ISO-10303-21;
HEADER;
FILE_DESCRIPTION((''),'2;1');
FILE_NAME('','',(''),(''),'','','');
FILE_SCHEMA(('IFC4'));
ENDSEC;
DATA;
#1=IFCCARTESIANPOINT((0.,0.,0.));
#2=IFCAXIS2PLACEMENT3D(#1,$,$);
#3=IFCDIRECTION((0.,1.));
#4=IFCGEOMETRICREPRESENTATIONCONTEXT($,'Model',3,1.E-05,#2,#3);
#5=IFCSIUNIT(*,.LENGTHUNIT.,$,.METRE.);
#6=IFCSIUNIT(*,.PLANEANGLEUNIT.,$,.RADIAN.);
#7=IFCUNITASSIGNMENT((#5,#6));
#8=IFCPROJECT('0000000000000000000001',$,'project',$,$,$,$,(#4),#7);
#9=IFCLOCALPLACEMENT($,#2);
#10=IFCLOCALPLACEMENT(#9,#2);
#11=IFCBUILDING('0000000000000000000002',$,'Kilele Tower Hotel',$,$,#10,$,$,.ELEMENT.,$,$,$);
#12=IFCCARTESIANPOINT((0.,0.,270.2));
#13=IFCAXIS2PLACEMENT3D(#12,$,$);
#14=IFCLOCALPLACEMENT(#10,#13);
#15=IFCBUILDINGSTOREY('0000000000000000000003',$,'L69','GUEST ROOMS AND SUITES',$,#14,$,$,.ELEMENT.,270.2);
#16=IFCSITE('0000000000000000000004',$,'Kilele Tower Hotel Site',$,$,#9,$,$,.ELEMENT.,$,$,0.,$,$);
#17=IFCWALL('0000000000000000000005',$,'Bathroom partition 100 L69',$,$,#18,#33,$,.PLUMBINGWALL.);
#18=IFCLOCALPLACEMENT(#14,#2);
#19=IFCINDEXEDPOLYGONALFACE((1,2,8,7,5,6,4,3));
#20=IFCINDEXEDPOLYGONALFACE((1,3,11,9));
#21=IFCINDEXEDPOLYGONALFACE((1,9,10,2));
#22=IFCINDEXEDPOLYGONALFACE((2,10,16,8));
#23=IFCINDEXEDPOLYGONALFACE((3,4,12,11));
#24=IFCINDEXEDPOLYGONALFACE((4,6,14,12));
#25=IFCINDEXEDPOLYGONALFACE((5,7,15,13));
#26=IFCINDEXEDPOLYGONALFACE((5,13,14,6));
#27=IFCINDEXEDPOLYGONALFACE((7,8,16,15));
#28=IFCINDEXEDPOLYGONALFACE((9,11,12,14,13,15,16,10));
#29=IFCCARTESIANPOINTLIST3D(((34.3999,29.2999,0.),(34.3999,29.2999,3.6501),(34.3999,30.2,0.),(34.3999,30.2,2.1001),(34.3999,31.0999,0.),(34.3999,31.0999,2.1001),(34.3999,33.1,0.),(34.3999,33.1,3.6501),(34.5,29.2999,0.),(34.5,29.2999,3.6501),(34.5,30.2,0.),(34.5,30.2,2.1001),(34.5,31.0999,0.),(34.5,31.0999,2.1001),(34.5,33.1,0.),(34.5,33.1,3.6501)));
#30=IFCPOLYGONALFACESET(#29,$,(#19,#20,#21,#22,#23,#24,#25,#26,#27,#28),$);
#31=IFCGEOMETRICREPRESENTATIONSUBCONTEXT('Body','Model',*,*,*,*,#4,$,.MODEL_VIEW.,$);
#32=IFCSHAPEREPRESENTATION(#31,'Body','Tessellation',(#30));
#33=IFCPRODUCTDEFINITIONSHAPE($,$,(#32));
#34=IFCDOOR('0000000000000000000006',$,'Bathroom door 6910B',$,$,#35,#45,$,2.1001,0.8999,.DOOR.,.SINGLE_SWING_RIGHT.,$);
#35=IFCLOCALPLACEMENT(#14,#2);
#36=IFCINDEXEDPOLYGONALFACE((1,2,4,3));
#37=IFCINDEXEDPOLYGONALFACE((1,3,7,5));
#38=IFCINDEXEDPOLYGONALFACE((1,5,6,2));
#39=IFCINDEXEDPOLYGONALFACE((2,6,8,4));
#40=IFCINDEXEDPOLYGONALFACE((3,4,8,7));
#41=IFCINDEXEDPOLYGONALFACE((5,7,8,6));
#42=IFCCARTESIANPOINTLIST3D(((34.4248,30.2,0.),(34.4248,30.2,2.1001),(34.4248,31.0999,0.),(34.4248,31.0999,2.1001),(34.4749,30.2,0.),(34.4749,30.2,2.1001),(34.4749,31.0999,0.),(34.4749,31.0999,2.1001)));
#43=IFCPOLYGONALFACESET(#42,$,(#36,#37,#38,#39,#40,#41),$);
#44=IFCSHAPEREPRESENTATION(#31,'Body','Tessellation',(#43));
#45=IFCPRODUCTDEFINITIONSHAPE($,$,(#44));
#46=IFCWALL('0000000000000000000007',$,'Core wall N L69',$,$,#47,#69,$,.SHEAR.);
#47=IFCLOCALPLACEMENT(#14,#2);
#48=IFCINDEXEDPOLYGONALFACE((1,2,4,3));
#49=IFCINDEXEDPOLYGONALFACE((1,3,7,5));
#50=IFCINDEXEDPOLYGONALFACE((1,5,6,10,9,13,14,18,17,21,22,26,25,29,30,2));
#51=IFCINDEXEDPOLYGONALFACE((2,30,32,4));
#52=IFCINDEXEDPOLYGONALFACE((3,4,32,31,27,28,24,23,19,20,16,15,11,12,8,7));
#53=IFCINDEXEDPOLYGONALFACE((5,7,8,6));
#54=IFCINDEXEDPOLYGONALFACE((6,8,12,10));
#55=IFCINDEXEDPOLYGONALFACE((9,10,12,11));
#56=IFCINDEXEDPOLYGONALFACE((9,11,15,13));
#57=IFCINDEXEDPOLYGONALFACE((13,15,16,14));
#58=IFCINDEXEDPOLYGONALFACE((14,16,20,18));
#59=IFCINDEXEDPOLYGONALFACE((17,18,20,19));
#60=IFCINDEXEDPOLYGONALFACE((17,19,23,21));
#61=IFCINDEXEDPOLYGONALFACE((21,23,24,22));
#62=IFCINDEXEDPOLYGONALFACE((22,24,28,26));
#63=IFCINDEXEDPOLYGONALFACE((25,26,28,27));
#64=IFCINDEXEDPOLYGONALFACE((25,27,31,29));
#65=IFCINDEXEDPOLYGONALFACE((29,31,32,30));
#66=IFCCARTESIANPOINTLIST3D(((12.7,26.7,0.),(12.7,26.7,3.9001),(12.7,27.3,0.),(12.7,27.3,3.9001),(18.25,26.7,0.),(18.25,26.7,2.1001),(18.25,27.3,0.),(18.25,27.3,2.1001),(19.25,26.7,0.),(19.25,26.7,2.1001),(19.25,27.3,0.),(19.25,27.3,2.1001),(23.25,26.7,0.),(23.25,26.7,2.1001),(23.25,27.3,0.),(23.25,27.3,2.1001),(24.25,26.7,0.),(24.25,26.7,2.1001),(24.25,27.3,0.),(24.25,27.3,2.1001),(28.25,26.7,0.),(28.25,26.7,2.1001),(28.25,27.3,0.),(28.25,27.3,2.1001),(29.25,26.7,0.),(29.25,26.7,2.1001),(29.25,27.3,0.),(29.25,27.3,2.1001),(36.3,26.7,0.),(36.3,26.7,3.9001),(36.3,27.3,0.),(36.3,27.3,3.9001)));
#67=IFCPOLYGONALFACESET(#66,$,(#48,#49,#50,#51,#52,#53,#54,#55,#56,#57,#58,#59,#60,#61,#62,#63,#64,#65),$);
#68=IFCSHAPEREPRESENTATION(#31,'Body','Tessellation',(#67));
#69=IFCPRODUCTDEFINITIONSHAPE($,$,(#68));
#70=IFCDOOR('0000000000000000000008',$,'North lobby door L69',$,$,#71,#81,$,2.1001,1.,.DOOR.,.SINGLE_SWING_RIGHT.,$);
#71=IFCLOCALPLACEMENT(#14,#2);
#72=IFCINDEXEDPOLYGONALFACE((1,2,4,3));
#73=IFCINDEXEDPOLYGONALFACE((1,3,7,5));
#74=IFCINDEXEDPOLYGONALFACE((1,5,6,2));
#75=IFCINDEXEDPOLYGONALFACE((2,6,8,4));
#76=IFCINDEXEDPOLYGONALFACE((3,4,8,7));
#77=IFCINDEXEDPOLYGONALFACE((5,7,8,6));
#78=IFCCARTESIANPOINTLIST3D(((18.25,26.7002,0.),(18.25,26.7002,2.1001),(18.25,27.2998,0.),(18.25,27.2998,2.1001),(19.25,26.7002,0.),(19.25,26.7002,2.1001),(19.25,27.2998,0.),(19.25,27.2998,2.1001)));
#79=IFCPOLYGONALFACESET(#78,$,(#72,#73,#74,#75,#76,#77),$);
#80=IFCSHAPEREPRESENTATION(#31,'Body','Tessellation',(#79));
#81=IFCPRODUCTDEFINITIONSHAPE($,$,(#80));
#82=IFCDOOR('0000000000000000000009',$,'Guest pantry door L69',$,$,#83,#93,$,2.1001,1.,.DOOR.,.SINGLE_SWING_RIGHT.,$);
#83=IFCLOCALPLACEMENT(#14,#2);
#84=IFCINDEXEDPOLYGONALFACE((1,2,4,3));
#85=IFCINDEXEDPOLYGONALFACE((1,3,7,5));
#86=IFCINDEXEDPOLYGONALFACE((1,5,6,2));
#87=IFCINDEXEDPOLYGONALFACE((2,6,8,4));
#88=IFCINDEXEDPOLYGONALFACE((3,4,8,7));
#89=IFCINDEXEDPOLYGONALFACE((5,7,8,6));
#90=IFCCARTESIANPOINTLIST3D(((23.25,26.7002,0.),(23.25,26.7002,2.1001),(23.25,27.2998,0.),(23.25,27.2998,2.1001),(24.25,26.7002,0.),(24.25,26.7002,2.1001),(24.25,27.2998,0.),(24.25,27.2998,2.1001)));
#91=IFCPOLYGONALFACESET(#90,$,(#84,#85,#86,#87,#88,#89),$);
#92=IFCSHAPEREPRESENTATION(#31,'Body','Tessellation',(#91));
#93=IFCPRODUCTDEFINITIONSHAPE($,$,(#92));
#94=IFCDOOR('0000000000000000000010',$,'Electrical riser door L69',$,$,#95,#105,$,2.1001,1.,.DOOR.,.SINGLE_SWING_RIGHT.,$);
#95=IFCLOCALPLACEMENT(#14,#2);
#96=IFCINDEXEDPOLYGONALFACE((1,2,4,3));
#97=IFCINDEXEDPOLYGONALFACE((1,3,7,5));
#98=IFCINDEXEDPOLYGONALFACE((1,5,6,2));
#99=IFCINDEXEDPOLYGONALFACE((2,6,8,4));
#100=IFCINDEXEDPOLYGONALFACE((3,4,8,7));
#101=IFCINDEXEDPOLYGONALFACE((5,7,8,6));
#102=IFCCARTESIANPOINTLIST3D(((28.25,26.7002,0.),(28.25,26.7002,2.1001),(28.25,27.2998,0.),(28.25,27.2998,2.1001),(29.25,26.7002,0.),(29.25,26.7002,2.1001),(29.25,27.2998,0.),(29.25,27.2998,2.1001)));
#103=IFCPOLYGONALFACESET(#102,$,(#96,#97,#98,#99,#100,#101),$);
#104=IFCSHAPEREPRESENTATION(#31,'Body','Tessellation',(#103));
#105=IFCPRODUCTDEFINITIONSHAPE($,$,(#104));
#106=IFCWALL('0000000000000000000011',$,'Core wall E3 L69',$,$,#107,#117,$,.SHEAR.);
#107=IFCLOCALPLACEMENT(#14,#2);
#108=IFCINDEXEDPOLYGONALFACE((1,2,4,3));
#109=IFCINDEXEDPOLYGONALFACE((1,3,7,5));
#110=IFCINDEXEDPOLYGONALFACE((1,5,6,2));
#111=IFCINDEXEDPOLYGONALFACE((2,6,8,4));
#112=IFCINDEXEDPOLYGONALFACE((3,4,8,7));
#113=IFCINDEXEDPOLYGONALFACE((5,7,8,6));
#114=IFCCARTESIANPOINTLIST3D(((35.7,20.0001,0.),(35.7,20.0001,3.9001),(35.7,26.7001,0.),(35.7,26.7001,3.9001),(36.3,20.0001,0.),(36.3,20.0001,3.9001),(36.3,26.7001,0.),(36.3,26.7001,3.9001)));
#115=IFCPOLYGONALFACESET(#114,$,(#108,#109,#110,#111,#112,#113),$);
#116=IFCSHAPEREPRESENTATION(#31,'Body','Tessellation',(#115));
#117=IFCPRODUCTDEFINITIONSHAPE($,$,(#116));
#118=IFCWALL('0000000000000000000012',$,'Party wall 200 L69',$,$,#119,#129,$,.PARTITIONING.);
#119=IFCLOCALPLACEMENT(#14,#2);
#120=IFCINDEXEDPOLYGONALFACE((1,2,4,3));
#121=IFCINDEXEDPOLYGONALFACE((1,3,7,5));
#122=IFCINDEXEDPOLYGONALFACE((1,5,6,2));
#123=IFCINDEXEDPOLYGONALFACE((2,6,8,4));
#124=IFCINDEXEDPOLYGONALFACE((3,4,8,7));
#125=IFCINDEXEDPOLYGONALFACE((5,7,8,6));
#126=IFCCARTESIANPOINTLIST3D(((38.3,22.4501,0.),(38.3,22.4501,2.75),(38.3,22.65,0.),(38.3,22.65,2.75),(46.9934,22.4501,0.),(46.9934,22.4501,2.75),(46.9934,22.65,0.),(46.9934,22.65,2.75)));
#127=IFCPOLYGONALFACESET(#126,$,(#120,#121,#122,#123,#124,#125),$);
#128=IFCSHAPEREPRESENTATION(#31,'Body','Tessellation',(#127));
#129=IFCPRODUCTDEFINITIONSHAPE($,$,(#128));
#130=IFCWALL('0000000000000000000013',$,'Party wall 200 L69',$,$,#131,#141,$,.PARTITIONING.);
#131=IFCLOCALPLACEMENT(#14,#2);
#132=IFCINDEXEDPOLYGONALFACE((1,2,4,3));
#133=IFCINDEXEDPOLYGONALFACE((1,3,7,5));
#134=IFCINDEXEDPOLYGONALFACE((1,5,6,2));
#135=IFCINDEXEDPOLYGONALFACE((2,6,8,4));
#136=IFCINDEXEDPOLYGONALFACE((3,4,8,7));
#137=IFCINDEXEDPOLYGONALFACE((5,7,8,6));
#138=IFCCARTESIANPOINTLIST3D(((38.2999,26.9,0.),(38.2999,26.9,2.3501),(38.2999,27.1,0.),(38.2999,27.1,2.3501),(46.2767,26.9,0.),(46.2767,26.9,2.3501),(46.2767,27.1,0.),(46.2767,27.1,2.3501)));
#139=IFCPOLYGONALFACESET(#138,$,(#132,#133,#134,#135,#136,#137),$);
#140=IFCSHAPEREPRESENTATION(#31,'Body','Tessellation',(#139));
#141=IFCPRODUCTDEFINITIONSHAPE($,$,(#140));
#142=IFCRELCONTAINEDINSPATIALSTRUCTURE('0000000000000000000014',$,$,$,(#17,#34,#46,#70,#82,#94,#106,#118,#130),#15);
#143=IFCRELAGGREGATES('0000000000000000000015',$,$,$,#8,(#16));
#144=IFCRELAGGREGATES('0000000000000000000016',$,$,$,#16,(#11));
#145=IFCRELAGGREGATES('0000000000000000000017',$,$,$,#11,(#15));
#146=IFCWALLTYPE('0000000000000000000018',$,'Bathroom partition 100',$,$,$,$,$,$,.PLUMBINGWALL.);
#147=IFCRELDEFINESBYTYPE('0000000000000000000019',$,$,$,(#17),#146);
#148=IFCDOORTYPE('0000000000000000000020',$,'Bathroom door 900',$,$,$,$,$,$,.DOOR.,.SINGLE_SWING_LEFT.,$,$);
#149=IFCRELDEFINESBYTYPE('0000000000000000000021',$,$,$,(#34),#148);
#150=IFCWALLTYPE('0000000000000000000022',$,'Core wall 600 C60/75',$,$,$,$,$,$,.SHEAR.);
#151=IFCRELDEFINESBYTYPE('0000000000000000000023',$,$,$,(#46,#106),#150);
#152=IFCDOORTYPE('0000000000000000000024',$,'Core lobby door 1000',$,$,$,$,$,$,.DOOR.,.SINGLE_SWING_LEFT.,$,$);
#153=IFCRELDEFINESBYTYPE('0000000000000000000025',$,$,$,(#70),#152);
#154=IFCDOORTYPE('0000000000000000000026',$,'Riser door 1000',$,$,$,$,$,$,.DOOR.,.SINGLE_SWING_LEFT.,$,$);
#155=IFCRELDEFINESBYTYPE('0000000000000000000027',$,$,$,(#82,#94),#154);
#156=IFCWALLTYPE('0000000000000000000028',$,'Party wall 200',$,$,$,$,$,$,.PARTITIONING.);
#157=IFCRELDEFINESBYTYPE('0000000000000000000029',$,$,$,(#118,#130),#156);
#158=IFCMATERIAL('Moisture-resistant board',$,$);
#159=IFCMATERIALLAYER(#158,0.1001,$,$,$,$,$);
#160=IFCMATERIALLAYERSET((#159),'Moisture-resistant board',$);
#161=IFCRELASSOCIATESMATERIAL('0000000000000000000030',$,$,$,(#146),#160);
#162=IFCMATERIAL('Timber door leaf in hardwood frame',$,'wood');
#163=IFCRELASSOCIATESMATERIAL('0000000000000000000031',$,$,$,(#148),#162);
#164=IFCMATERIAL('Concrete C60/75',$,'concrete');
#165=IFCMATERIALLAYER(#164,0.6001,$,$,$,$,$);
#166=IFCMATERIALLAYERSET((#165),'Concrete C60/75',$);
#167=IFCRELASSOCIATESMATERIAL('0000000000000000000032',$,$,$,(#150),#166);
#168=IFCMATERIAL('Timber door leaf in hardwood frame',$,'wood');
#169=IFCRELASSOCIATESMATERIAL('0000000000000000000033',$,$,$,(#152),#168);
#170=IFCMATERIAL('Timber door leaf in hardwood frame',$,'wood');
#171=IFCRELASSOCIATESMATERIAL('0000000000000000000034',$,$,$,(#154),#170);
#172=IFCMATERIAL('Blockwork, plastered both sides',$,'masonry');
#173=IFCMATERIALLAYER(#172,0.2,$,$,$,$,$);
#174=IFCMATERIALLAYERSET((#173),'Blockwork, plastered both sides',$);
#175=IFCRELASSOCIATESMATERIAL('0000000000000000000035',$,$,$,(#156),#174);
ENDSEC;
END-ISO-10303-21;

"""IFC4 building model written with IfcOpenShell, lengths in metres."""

from ifc_helpers import new_model, si_unit, direction, frame, frame_2d, origin, place, context, subcontext, project, spatial, rectangle, extrude, material, layer, layer_set, type_object, element, fill, save


model = new_model("IFC4")

# Units and contexts
model_context = context("Model", 3, precision=1e-05, world=origin(), true_north=direction((0.0, 1.0)))
body_context = subcontext(model_context, "Body", "Model", "MODEL_VIEW")
ifc_project = project(units=[si_unit("LENGTHUNIT", "METRE"), si_unit("PLANEANGLEUNIT", "RADIAN")], contexts=[model_context])

# Site, building, storey
site_placement = place(None, origin())
site = spatial("IfcSite", under=ifc_project, at=site_placement, Name="Kilele Tower Hotel Site", CompositionType="ELEMENT", RefElevation=0.0)
building_placement = place(site_placement, origin())
building = spatial("IfcBuilding", under=site, at=building_placement, Name="Kilele Tower Hotel", CompositionType="ELEMENT")
storey_placement = place(building_placement, frame((0.0, 0.0, 270.2)))
storey = spatial("IfcBuildingStorey", under=building, at=storey_placement, Name="L69", Description="GUEST ROOMS AND SUITES", CompositionType="ELEMENT", Elevation=270.2)

# Shared definitions
ifc_material_1 = material(Name="Moisture-resistant board")
ifc_layer_1 = layer(ifc_material_1, 0.1001)
ifc_layer_set_1 = layer_set([ifc_layer_1], Name="Moisture-resistant board")
wall_type_1 = type_object("IfcWallType", Name="Bathroom partition 100", PredefinedType="PLUMBINGWALL", material=ifc_layer_set_1)

# Shared definitions
ifc_material_2 = material(Name="Timber door leaf in hardwood frame", Category="wood")
door_type_1 = type_object("IfcDoorType", Name="Bathroom door 900", OperationType="SINGLE_SWING_LEFT", PredefinedType="DOOR", material=ifc_material_2)

# Wall, opening, door
wall_1_placement = place(storey_placement, frame((34.45, 29.3, 0.0), z_axis=(0.0, 0.0, 1.0), x_axis=(0.0, 1.0, 0.0)))
wall_1 = element("IfcWall", 1, at=wall_1_placement, inside=storey, type_object=wall_type_1, Name="Bathroom partition 100 L69", PredefinedType="PLUMBINGWALL", context=body_context, shape_type="SweptSolid", body=[
    extrude(rectangle(XDim=3.8, YDim=0.1001, at=frame_2d((1.8999, 0.0))), origin(), (0.0, 0.0, 1.0), 3.6501),
])
opening_1_placement = place(wall_1_placement, frame((1.7998, 0.0, 0.0), z_axis=(0.0, 0.0, 1.0), x_axis=(-1.0, 0.0, 0.0)))
opening_1 = element("IfcOpeningElement", 2, at=opening_1_placement, cuts=wall_1, PredefinedType="OPENING", context=body_context, shape_type="SweptSolid", body=[
    extrude(rectangle(XDim=0.8999, YDim=2.1001, at=frame_2d((0.45, 1.05))), frame((0.0, 0.0601, 0.0), z_axis=(0.0, -1.0, 0.0), x_axis=(1.0, 0.0, 0.0)), (0.0, 0.0, 1.0), 0.1201),
])
door_1_placement = place(opening_1_placement, origin())
door_1 = element("IfcDoor", 3, at=door_1_placement, inside=storey, type_object=door_type_1, Name="Bathroom door 6910B", OperationType="SINGLE_SWING_RIGHT", OverallHeight=2.1001, OverallWidth=0.8999, PredefinedType="DOOR", context=body_context, shape_type="SweptSolid", body=[
    extrude(rectangle(XDim=0.8999, YDim=2.1001, at=frame_2d((0.45, 1.05))), frame((0.0, 0.0249, 0.0), z_axis=(0.0, -1.0, 0.0), x_axis=(1.0, 0.0, 0.0)), (0.0, 0.0, 1.0), 0.05),
])
fill(opening_1, door_1)

# Wall, openings, doors
ifc_material_3 = material(Name="Concrete C60/75", Category="concrete")
ifc_layer_2 = layer(ifc_material_3, 0.6001)
ifc_layer_set_2 = layer_set([ifc_layer_2], Name="Concrete C60/75")
wall_type_2 = type_object("IfcWallType", Name="Core wall 600 C60/75", PredefinedType="SHEAR", material=ifc_layer_set_2)
wall_2_placement = place(storey_placement, frame((36.3, 27.0, 0.0), z_axis=(0.0, 0.0, 1.0), x_axis=(-1.0, 0.0, 0.0)))
wall_2 = element("IfcWall", 4, at=wall_2_placement, inside=storey, type_object=wall_type_2, Name="Core wall N L69", PredefinedType="SHEAR", context=body_context, shape_type="SweptSolid", body=[
    extrude(rectangle(XDim=23.6001, YDim=0.6001, at=frame_2d((11.8, 0.0))), origin(), (0.0, 0.0, 1.0), 3.9001),
])
opening_2_placement = place(wall_2_placement, frame((17.05, 0.0, 0.0)))
opening_2 = element("IfcOpeningElement", 5, at=opening_2_placement, cuts=wall_2, PredefinedType="OPENING", context=body_context, shape_type="SweptSolid", body=[
    extrude(rectangle(XDim=1.0, YDim=2.1001, at=frame_2d((0.5, 1.05))), frame((0.0, 0.3101, 0.0), z_axis=(0.0, -1.0, 0.0), x_axis=(1.0, 0.0, 0.0)), (0.0, 0.0, 1.0), 0.6201),
])
opening_3_placement = place(wall_2_placement, frame((12.05, 0.0, 0.0)))
opening_3 = element("IfcOpeningElement", 6, at=opening_3_placement, cuts=wall_2, PredefinedType="OPENING", context=body_context, shape_type="SweptSolid", body=[
    extrude(rectangle(XDim=1.0, YDim=2.1001, at=frame_2d((0.5, 1.05))), frame((0.0, 0.3101, 0.0), z_axis=(0.0, -1.0, 0.0), x_axis=(1.0, 0.0, 0.0)), (0.0, 0.0, 1.0), 0.6201),
])
opening_4_placement = place(wall_2_placement, frame((7.05, 0.0, 0.0)))
opening_4 = element("IfcOpeningElement", 7, at=opening_4_placement, cuts=wall_2, PredefinedType="OPENING", context=body_context, shape_type="SweptSolid", body=[
    extrude(rectangle(XDim=1.0, YDim=2.1001, at=frame_2d((0.5, 1.05))), frame((0.0, 0.3101, 0.0), z_axis=(0.0, -1.0, 0.0), x_axis=(1.0, 0.0, 0.0)), (0.0, 0.0, 1.0), 0.6201),
])
ifc_material_4 = material(Name="Timber door leaf in hardwood frame", Category="wood")
door_type_2 = type_object("IfcDoorType", Name="Core lobby door 1000", OperationType="SINGLE_SWING_LEFT", PredefinedType="DOOR", material=ifc_material_4)
door_2_placement = place(opening_2_placement, origin())
door_2 = element("IfcDoor", 8, at=door_2_placement, inside=storey, type_object=door_type_2, Name="North lobby door L69", OperationType="SINGLE_SWING_RIGHT", OverallHeight=2.1001, OverallWidth=1.0, PredefinedType="DOOR", context=body_context, shape_type="SweptSolid", body=[
    extrude(rectangle(XDim=1.0, YDim=2.1001, at=frame_2d((0.5, 1.05))), frame((0.0, 0.2998, 0.0), z_axis=(0.0, -1.0, 0.0), x_axis=(1.0, 0.0, 0.0)), (0.0, 0.0, 1.0), 0.5996),
])
fill(opening_2, door_2)
ifc_material_5 = material(Name="Timber door leaf in hardwood frame", Category="wood")
door_type_3 = type_object("IfcDoorType", Name="Riser door 1000", OperationType="SINGLE_SWING_LEFT", PredefinedType="DOOR", material=ifc_material_5)
door_3_placement = place(opening_3_placement, origin())
door_3 = element("IfcDoor", 9, at=door_3_placement, inside=storey, type_object=door_type_3, Name="Guest pantry door L69", OperationType="SINGLE_SWING_RIGHT", OverallHeight=2.1001, OverallWidth=1.0, PredefinedType="DOOR", context=body_context, shape_type="SweptSolid", body=[
    extrude(rectangle(XDim=1.0, YDim=2.1001, at=frame_2d((0.5, 1.05))), frame((0.0, 0.2998, 0.0), z_axis=(0.0, -1.0, 0.0), x_axis=(1.0, 0.0, 0.0)), (0.0, 0.0, 1.0), 0.5996),
])
fill(opening_3, door_3)
door_4_placement = place(opening_4_placement, origin())
door_4 = element("IfcDoor", 10, at=door_4_placement, inside=storey, type_object=door_type_3, Name="Electrical riser door L69", OperationType="SINGLE_SWING_RIGHT", OverallHeight=2.1001, OverallWidth=1.0, PredefinedType="DOOR", context=body_context, shape_type="SweptSolid", body=[
    extrude(rectangle(XDim=1.0, YDim=2.1001, at=frame_2d((0.5, 1.05))), frame((0.0, 0.2998, 0.0), z_axis=(0.0, -1.0, 0.0), x_axis=(1.0, 0.0, 0.0)), (0.0, 0.0, 1.0), 0.5996),
])
fill(opening_4, door_4)

# Walls
wall_3_placement = place(storey_placement, frame((36.0, 20.0, 0.0), z_axis=(0.0, 0.0, 1.0), x_axis=(0.0, 1.0, 0.0)))
element("IfcWall", 11, at=wall_3_placement, inside=storey, type_object=wall_type_2, Name="Core wall E3 L69", PredefinedType="SHEAR", context=body_context, shape_type="SweptSolid", body=[
    extrude(rectangle(XDim=6.7, YDim=0.6001, at=frame_2d((3.3501, 0.0))), origin(), (0.0, 0.0, 1.0), 3.9001),
])
ifc_material_6 = material(Name="Blockwork, plastered both sides", Category="masonry")
ifc_layer_3 = layer(ifc_material_6, 0.2)
ifc_layer_set_3 = layer_set([ifc_layer_3], Name="Blockwork, plastered both sides")
wall_type_3 = type_object("IfcWallType", Name="Party wall 200", PredefinedType="PARTITIONING", material=ifc_layer_set_3)
wall_4_placement = place(storey_placement, frame((38.3, 22.55, 0.0), z_axis=(0.0, 0.0, 1.0), x_axis=(1.0, 0.0, 0.0)))
element("IfcWall", 12, at=wall_4_placement, inside=storey, type_object=wall_type_3, Name="Party wall 200 L69", PredefinedType="PARTITIONING", context=body_context, shape_type="SweptSolid", body=[
    extrude(rectangle(XDim=8.6934, YDim=0.2, at=frame_2d((4.3467, 0.0))), origin(), (0.0, 0.0, 1.0), 2.75),
])
wall_5_placement = place(storey_placement, frame((38.3, 27.0, 0.0), z_axis=(0.0, 0.0, 1.0), x_axis=(1.0, 0.0, 0.0)))
element("IfcWall", 13, at=wall_5_placement, inside=storey, type_object=wall_type_3, Name="Party wall 200 L69", PredefinedType="PARTITIONING", context=body_context, shape_type="SweptSolid", body=[
    extrude(rectangle(XDim=7.9768, YDim=0.2, at=frame_2d((3.9883, 0.0))), origin(), (0.0, 0.0, 1.0), 2.3501),
])

save(model, "model.ifc")
